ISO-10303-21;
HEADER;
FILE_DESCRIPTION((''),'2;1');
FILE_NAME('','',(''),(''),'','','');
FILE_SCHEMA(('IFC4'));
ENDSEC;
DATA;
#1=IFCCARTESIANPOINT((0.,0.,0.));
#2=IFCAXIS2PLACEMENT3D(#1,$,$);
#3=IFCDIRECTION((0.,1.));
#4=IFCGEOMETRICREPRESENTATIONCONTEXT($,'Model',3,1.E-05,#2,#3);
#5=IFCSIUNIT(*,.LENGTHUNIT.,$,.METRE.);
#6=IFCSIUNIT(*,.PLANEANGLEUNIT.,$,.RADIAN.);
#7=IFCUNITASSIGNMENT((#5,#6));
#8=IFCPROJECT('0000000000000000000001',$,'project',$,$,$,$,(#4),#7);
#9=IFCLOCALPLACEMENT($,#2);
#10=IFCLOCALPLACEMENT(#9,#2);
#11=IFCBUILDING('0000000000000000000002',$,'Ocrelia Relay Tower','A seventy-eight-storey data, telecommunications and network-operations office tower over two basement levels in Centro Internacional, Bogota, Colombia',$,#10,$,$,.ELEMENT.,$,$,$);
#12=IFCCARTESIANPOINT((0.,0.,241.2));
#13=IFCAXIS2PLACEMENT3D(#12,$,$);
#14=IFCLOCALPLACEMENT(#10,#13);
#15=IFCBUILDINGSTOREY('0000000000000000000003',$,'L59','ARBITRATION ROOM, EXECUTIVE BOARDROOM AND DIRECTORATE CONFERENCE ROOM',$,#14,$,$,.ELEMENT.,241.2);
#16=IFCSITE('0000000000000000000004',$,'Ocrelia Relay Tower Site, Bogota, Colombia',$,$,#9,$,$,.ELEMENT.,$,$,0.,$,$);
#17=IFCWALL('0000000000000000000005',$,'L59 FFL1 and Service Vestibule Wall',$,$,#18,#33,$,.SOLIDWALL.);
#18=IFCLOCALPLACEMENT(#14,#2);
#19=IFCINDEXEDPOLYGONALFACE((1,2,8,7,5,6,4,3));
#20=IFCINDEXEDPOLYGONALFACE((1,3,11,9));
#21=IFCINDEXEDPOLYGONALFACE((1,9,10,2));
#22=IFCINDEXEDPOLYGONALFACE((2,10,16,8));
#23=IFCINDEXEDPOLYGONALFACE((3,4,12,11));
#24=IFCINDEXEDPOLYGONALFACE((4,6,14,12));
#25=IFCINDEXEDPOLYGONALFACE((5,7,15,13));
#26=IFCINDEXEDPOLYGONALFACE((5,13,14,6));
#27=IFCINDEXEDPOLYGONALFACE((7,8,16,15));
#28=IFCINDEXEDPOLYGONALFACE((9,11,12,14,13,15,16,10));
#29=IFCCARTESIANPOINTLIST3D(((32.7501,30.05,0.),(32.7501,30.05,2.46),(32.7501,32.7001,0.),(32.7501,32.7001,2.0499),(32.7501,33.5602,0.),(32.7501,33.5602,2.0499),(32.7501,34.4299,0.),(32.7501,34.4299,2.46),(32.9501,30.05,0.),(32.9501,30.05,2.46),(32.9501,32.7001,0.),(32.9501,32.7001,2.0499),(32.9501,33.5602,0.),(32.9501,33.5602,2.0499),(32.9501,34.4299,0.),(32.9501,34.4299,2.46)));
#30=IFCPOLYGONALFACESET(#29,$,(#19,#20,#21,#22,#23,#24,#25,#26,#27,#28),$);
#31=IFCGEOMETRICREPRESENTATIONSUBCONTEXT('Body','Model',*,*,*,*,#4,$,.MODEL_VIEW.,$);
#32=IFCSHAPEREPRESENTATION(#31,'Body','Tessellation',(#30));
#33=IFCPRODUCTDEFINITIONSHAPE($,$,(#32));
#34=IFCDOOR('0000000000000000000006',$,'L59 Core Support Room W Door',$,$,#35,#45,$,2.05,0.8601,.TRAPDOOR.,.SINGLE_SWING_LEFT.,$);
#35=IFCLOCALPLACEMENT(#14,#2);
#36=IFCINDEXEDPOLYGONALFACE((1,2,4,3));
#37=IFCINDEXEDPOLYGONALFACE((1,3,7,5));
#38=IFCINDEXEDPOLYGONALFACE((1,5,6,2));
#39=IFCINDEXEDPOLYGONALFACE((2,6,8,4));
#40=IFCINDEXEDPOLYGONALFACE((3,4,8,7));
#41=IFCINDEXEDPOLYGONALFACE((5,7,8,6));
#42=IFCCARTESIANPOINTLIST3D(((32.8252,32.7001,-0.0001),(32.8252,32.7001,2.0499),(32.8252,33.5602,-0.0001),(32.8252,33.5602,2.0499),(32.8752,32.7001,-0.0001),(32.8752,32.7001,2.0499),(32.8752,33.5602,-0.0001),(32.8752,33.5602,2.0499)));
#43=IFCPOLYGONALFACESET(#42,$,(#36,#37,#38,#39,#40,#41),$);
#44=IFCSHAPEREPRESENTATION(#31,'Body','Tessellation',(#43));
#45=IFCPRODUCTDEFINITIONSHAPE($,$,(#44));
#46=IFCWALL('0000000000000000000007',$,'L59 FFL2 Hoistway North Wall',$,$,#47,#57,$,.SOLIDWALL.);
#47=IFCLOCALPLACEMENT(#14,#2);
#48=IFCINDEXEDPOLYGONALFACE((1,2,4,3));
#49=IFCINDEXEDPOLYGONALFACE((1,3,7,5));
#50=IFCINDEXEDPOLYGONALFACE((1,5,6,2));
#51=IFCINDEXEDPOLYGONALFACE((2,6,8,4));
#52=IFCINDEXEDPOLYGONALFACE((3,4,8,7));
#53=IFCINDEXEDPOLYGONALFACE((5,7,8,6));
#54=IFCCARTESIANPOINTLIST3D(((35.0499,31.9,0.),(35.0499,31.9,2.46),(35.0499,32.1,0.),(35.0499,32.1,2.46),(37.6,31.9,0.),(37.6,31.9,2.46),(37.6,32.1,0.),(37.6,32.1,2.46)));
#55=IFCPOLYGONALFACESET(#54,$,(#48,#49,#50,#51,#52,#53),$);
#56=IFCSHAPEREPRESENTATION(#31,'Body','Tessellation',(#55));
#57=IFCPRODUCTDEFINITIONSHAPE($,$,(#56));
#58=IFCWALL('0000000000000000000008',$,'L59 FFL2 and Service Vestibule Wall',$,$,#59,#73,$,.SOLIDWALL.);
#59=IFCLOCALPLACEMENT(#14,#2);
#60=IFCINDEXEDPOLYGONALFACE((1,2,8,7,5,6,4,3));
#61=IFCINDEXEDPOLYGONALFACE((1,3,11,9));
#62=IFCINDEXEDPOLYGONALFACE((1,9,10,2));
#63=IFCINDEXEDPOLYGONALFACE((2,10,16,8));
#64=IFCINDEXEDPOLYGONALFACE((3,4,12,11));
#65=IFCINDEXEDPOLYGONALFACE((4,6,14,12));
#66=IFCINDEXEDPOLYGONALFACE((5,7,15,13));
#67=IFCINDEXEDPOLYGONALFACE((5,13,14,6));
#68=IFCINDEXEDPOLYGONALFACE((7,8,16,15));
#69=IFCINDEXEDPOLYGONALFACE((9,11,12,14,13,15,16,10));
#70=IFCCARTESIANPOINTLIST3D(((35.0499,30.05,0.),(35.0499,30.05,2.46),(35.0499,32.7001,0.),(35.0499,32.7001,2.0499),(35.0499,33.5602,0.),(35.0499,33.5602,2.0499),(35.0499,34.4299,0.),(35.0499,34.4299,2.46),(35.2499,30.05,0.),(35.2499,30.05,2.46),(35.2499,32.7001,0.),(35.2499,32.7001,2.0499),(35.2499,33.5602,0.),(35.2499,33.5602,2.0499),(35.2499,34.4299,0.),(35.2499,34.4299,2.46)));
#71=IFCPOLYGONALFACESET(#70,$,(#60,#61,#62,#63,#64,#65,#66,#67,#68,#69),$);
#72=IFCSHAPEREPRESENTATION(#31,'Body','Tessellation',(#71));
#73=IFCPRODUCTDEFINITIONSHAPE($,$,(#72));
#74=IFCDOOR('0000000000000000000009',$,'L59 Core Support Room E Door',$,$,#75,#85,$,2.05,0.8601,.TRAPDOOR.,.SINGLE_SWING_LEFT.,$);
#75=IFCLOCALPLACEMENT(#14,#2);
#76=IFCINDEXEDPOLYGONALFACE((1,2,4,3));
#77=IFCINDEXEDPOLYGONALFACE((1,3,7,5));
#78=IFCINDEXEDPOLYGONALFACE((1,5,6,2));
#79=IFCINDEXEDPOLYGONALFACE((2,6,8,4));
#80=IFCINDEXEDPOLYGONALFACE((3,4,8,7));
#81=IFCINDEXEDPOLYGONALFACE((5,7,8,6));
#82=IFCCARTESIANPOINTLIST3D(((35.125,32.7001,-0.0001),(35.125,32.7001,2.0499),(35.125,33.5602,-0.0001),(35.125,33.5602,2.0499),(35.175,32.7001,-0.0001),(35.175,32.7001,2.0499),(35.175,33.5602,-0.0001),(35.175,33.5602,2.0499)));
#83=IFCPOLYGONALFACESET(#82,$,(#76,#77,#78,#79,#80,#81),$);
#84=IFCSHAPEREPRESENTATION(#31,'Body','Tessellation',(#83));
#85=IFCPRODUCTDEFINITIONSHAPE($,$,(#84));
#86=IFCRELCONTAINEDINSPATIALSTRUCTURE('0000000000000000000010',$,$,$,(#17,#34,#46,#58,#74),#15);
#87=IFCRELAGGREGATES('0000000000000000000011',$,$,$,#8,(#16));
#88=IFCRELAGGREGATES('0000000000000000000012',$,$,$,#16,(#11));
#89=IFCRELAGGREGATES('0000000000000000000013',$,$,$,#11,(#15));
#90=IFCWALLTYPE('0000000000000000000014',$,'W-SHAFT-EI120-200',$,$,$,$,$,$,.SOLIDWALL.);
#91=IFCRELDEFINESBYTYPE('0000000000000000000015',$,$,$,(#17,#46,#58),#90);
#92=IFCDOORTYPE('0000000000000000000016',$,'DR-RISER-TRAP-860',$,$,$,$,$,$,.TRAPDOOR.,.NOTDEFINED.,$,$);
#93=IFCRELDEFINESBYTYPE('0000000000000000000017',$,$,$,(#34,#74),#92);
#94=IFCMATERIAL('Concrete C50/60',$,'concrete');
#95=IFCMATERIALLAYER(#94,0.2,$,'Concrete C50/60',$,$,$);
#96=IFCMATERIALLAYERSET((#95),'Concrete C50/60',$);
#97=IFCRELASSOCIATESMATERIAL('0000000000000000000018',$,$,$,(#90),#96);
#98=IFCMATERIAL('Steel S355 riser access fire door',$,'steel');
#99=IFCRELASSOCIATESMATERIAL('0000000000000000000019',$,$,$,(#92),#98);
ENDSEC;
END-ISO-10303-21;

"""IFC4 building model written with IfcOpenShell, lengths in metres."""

from ifc_helpers import new_model, si_unit, direction, frame, frame_2d, origin, place, context, subcontext, project, spatial, rectangle, extrude, material, layer, layer_set, type_object, element, fill, save


model = new_model("IFC4")

# Units and contexts
model_context = context("Model", 3, precision=1e-05, world=origin(), true_north=direction((0.0, 1.0)))
body_context = subcontext(model_context, "Body", "Model", "MODEL_VIEW")
ifc_project = project(units=[si_unit("LENGTHUNIT", "METRE"), si_unit("PLANEANGLEUNIT", "RADIAN")], contexts=[model_context])

# Site, building, storey
site_placement = place(None, origin())
site = spatial("IfcSite", under=ifc_project, at=site_placement, Name="Ocrelia Relay Tower Site, Bogota, Colombia", CompositionType="ELEMENT", RefElevation=0.0)
building_placement = place(site_placement, origin())
building = spatial("IfcBuilding", under=site, at=building_placement, Name="Ocrelia Relay Tower", Description="A seventy-eight-storey data, telecommunications and network-operations office tower over two basement levels in Centro Internacional, Bogota, Colombia", CompositionType="ELEMENT")
storey_placement = place(building_placement, frame((0.0, 0.0, 241.2)))
storey = spatial("IfcBuildingStorey", under=building, at=storey_placement, Name="L59", Description="ARBITRATION ROOM, EXECUTIVE BOARDROOM AND DIRECTORATE CONFERENCE ROOM", CompositionType="ELEMENT", Elevation=241.2)

# Shared definitions
ifc_material_1 = material(Name="Concrete C50/60", Category="concrete")

# Wall, opening, door
ifc_layer_1 = layer(ifc_material_1, 0.2, Name="Concrete C50/60")
ifc_layer_set_1 = layer_set([ifc_layer_1], Name="Concrete C50/60")
wall_type_1 = type_object("IfcWallType", Name="W-SHAFT-EI120-200", PredefinedType="SOLIDWALL", material=ifc_layer_set_1)
wall_1_placement = place(storey_placement, frame((32.8501, 30.05, 0.0), z_axis=(0.0, 0.0, 1.0), x_axis=(0.0, 1.0, 0.0)))
wall_1 = element("IfcWall", 1, at=wall_1_placement, inside=storey, type_object=wall_type_1, Name="L59 FFL1 and Service Vestibule Wall", PredefinedType="SOLIDWALL", context=body_context, shape_type="SweptSolid", body=[
    extrude(rectangle(XDim=4.3799, YDim=0.2, at=frame_2d((2.1899, 0.0))), origin(), (0.0, 0.0, 1.0), 2.46),
])
opening_1_placement = place(wall_1_placement, frame((2.6499, 0.0, 0.0)))
opening_1 = element("IfcOpeningElement", 2, at=opening_1_placement, cuts=wall_1, PredefinedType="OPENING", context=body_context, shape_type="SweptSolid", body=[
    extrude(rectangle(XDim=0.8601, YDim=2.05, at=frame_2d((0.4302, 1.0249))), frame((0.0, 0.1099, 0.0), z_axis=(0.0, -1.0, 0.0), x_axis=(1.0, 0.0, 0.0)), (0.0, 0.0, 1.0), 0.22),
])
ifc_material_2 = material(Name="Steel S355 riser access fire door", Category="steel")
door_type_1 = type_object("IfcDoorType", Name="DR-RISER-TRAP-860", OperationType="NOTDEFINED", PredefinedType="TRAPDOOR", material=ifc_material_2)
door_1_placement = place(opening_1_placement, origin())
door_1 = element("IfcDoor", 3, at=door_1_placement, inside=storey, type_object=door_type_1, Name="L59 Core Support Room W Door", OperationType="SINGLE_SWING_LEFT", OverallHeight=2.05, OverallWidth=0.8601, PredefinedType="TRAPDOOR", context=body_context, shape_type="SweptSolid", body=[
    extrude(rectangle(XDim=0.8601, YDim=2.05, at=frame_2d((0.4302, 1.0249))), frame((0.0, 0.0249, 0.0), z_axis=(0.0, -1.0, 0.0), x_axis=(1.0, 0.0, 0.0)), (0.0, 0.0, 1.0), 0.05),
])
fill(opening_1, door_1)

# Wall
wall_2_placement = place(storey_placement, frame((35.05, 32.0, 0.0), z_axis=(0.0, 0.0, 1.0), x_axis=(1.0, 0.0, 0.0)))
element("IfcWall", 4, at=wall_2_placement, inside=storey, type_object=wall_type_1, Name="L59 FFL2 Hoistway North Wall", PredefinedType="SOLIDWALL", context=body_context, shape_type="SweptSolid", body=[
    extrude(rectangle(XDim=2.55, YDim=0.2, at=frame_2d((1.2749, 0.0))), origin(), (0.0, 0.0, 1.0), 2.46),
])

# Wall, opening, door
wall_3_placement = place(storey_placement, frame((35.1499, 30.05, 0.0), z_axis=(0.0, 0.0, 1.0), x_axis=(0.0, 1.0, 0.0)))
wall_3 = element("IfcWall", 5, at=wall_3_placement, inside=storey, type_object=wall_type_1, Name="L59 FFL2 and Service Vestibule Wall", PredefinedType="SOLIDWALL", context=body_context, shape_type="SweptSolid", body=[
    extrude(rectangle(XDim=4.3799, YDim=0.2, at=frame_2d((2.1899, 0.0))), origin(), (0.0, 0.0, 1.0), 2.46),
])
opening_2_placement = place(wall_3_placement, frame((2.6499, 0.0, 0.0)))
opening_2 = element("IfcOpeningElement", 6, at=opening_2_placement, cuts=wall_3, PredefinedType="OPENING", context=body_context, shape_type="SweptSolid", body=[
    extrude(rectangle(XDim=0.8601, YDim=2.05, at=frame_2d((0.4302, 1.0249))), frame((0.0, 0.1099, 0.0), z_axis=(0.0, -1.0, 0.0), x_axis=(1.0, 0.0, 0.0)), (0.0, 0.0, 1.0), 0.22),
])
door_2_placement = place(opening_2_placement, origin())
door_2 = element("IfcDoor", 7, at=door_2_placement, inside=storey, type_object=door_type_1, Name="L59 Core Support Room E Door", OperationType="SINGLE_SWING_LEFT", OverallHeight=2.05, OverallWidth=0.8601, PredefinedType="TRAPDOOR", context=body_context, shape_type="SweptSolid", body=[
    extrude(rectangle(XDim=0.8601, YDim=2.05, at=frame_2d((0.4302, 1.0249))), frame((0.0, 0.0249, 0.0), z_axis=(0.0, -1.0, 0.0), x_axis=(1.0, 0.0, 0.0)), (0.0, 0.0, 1.0), 0.05),
])
fill(opening_2, door_2)

save(model, "model.ifc")
